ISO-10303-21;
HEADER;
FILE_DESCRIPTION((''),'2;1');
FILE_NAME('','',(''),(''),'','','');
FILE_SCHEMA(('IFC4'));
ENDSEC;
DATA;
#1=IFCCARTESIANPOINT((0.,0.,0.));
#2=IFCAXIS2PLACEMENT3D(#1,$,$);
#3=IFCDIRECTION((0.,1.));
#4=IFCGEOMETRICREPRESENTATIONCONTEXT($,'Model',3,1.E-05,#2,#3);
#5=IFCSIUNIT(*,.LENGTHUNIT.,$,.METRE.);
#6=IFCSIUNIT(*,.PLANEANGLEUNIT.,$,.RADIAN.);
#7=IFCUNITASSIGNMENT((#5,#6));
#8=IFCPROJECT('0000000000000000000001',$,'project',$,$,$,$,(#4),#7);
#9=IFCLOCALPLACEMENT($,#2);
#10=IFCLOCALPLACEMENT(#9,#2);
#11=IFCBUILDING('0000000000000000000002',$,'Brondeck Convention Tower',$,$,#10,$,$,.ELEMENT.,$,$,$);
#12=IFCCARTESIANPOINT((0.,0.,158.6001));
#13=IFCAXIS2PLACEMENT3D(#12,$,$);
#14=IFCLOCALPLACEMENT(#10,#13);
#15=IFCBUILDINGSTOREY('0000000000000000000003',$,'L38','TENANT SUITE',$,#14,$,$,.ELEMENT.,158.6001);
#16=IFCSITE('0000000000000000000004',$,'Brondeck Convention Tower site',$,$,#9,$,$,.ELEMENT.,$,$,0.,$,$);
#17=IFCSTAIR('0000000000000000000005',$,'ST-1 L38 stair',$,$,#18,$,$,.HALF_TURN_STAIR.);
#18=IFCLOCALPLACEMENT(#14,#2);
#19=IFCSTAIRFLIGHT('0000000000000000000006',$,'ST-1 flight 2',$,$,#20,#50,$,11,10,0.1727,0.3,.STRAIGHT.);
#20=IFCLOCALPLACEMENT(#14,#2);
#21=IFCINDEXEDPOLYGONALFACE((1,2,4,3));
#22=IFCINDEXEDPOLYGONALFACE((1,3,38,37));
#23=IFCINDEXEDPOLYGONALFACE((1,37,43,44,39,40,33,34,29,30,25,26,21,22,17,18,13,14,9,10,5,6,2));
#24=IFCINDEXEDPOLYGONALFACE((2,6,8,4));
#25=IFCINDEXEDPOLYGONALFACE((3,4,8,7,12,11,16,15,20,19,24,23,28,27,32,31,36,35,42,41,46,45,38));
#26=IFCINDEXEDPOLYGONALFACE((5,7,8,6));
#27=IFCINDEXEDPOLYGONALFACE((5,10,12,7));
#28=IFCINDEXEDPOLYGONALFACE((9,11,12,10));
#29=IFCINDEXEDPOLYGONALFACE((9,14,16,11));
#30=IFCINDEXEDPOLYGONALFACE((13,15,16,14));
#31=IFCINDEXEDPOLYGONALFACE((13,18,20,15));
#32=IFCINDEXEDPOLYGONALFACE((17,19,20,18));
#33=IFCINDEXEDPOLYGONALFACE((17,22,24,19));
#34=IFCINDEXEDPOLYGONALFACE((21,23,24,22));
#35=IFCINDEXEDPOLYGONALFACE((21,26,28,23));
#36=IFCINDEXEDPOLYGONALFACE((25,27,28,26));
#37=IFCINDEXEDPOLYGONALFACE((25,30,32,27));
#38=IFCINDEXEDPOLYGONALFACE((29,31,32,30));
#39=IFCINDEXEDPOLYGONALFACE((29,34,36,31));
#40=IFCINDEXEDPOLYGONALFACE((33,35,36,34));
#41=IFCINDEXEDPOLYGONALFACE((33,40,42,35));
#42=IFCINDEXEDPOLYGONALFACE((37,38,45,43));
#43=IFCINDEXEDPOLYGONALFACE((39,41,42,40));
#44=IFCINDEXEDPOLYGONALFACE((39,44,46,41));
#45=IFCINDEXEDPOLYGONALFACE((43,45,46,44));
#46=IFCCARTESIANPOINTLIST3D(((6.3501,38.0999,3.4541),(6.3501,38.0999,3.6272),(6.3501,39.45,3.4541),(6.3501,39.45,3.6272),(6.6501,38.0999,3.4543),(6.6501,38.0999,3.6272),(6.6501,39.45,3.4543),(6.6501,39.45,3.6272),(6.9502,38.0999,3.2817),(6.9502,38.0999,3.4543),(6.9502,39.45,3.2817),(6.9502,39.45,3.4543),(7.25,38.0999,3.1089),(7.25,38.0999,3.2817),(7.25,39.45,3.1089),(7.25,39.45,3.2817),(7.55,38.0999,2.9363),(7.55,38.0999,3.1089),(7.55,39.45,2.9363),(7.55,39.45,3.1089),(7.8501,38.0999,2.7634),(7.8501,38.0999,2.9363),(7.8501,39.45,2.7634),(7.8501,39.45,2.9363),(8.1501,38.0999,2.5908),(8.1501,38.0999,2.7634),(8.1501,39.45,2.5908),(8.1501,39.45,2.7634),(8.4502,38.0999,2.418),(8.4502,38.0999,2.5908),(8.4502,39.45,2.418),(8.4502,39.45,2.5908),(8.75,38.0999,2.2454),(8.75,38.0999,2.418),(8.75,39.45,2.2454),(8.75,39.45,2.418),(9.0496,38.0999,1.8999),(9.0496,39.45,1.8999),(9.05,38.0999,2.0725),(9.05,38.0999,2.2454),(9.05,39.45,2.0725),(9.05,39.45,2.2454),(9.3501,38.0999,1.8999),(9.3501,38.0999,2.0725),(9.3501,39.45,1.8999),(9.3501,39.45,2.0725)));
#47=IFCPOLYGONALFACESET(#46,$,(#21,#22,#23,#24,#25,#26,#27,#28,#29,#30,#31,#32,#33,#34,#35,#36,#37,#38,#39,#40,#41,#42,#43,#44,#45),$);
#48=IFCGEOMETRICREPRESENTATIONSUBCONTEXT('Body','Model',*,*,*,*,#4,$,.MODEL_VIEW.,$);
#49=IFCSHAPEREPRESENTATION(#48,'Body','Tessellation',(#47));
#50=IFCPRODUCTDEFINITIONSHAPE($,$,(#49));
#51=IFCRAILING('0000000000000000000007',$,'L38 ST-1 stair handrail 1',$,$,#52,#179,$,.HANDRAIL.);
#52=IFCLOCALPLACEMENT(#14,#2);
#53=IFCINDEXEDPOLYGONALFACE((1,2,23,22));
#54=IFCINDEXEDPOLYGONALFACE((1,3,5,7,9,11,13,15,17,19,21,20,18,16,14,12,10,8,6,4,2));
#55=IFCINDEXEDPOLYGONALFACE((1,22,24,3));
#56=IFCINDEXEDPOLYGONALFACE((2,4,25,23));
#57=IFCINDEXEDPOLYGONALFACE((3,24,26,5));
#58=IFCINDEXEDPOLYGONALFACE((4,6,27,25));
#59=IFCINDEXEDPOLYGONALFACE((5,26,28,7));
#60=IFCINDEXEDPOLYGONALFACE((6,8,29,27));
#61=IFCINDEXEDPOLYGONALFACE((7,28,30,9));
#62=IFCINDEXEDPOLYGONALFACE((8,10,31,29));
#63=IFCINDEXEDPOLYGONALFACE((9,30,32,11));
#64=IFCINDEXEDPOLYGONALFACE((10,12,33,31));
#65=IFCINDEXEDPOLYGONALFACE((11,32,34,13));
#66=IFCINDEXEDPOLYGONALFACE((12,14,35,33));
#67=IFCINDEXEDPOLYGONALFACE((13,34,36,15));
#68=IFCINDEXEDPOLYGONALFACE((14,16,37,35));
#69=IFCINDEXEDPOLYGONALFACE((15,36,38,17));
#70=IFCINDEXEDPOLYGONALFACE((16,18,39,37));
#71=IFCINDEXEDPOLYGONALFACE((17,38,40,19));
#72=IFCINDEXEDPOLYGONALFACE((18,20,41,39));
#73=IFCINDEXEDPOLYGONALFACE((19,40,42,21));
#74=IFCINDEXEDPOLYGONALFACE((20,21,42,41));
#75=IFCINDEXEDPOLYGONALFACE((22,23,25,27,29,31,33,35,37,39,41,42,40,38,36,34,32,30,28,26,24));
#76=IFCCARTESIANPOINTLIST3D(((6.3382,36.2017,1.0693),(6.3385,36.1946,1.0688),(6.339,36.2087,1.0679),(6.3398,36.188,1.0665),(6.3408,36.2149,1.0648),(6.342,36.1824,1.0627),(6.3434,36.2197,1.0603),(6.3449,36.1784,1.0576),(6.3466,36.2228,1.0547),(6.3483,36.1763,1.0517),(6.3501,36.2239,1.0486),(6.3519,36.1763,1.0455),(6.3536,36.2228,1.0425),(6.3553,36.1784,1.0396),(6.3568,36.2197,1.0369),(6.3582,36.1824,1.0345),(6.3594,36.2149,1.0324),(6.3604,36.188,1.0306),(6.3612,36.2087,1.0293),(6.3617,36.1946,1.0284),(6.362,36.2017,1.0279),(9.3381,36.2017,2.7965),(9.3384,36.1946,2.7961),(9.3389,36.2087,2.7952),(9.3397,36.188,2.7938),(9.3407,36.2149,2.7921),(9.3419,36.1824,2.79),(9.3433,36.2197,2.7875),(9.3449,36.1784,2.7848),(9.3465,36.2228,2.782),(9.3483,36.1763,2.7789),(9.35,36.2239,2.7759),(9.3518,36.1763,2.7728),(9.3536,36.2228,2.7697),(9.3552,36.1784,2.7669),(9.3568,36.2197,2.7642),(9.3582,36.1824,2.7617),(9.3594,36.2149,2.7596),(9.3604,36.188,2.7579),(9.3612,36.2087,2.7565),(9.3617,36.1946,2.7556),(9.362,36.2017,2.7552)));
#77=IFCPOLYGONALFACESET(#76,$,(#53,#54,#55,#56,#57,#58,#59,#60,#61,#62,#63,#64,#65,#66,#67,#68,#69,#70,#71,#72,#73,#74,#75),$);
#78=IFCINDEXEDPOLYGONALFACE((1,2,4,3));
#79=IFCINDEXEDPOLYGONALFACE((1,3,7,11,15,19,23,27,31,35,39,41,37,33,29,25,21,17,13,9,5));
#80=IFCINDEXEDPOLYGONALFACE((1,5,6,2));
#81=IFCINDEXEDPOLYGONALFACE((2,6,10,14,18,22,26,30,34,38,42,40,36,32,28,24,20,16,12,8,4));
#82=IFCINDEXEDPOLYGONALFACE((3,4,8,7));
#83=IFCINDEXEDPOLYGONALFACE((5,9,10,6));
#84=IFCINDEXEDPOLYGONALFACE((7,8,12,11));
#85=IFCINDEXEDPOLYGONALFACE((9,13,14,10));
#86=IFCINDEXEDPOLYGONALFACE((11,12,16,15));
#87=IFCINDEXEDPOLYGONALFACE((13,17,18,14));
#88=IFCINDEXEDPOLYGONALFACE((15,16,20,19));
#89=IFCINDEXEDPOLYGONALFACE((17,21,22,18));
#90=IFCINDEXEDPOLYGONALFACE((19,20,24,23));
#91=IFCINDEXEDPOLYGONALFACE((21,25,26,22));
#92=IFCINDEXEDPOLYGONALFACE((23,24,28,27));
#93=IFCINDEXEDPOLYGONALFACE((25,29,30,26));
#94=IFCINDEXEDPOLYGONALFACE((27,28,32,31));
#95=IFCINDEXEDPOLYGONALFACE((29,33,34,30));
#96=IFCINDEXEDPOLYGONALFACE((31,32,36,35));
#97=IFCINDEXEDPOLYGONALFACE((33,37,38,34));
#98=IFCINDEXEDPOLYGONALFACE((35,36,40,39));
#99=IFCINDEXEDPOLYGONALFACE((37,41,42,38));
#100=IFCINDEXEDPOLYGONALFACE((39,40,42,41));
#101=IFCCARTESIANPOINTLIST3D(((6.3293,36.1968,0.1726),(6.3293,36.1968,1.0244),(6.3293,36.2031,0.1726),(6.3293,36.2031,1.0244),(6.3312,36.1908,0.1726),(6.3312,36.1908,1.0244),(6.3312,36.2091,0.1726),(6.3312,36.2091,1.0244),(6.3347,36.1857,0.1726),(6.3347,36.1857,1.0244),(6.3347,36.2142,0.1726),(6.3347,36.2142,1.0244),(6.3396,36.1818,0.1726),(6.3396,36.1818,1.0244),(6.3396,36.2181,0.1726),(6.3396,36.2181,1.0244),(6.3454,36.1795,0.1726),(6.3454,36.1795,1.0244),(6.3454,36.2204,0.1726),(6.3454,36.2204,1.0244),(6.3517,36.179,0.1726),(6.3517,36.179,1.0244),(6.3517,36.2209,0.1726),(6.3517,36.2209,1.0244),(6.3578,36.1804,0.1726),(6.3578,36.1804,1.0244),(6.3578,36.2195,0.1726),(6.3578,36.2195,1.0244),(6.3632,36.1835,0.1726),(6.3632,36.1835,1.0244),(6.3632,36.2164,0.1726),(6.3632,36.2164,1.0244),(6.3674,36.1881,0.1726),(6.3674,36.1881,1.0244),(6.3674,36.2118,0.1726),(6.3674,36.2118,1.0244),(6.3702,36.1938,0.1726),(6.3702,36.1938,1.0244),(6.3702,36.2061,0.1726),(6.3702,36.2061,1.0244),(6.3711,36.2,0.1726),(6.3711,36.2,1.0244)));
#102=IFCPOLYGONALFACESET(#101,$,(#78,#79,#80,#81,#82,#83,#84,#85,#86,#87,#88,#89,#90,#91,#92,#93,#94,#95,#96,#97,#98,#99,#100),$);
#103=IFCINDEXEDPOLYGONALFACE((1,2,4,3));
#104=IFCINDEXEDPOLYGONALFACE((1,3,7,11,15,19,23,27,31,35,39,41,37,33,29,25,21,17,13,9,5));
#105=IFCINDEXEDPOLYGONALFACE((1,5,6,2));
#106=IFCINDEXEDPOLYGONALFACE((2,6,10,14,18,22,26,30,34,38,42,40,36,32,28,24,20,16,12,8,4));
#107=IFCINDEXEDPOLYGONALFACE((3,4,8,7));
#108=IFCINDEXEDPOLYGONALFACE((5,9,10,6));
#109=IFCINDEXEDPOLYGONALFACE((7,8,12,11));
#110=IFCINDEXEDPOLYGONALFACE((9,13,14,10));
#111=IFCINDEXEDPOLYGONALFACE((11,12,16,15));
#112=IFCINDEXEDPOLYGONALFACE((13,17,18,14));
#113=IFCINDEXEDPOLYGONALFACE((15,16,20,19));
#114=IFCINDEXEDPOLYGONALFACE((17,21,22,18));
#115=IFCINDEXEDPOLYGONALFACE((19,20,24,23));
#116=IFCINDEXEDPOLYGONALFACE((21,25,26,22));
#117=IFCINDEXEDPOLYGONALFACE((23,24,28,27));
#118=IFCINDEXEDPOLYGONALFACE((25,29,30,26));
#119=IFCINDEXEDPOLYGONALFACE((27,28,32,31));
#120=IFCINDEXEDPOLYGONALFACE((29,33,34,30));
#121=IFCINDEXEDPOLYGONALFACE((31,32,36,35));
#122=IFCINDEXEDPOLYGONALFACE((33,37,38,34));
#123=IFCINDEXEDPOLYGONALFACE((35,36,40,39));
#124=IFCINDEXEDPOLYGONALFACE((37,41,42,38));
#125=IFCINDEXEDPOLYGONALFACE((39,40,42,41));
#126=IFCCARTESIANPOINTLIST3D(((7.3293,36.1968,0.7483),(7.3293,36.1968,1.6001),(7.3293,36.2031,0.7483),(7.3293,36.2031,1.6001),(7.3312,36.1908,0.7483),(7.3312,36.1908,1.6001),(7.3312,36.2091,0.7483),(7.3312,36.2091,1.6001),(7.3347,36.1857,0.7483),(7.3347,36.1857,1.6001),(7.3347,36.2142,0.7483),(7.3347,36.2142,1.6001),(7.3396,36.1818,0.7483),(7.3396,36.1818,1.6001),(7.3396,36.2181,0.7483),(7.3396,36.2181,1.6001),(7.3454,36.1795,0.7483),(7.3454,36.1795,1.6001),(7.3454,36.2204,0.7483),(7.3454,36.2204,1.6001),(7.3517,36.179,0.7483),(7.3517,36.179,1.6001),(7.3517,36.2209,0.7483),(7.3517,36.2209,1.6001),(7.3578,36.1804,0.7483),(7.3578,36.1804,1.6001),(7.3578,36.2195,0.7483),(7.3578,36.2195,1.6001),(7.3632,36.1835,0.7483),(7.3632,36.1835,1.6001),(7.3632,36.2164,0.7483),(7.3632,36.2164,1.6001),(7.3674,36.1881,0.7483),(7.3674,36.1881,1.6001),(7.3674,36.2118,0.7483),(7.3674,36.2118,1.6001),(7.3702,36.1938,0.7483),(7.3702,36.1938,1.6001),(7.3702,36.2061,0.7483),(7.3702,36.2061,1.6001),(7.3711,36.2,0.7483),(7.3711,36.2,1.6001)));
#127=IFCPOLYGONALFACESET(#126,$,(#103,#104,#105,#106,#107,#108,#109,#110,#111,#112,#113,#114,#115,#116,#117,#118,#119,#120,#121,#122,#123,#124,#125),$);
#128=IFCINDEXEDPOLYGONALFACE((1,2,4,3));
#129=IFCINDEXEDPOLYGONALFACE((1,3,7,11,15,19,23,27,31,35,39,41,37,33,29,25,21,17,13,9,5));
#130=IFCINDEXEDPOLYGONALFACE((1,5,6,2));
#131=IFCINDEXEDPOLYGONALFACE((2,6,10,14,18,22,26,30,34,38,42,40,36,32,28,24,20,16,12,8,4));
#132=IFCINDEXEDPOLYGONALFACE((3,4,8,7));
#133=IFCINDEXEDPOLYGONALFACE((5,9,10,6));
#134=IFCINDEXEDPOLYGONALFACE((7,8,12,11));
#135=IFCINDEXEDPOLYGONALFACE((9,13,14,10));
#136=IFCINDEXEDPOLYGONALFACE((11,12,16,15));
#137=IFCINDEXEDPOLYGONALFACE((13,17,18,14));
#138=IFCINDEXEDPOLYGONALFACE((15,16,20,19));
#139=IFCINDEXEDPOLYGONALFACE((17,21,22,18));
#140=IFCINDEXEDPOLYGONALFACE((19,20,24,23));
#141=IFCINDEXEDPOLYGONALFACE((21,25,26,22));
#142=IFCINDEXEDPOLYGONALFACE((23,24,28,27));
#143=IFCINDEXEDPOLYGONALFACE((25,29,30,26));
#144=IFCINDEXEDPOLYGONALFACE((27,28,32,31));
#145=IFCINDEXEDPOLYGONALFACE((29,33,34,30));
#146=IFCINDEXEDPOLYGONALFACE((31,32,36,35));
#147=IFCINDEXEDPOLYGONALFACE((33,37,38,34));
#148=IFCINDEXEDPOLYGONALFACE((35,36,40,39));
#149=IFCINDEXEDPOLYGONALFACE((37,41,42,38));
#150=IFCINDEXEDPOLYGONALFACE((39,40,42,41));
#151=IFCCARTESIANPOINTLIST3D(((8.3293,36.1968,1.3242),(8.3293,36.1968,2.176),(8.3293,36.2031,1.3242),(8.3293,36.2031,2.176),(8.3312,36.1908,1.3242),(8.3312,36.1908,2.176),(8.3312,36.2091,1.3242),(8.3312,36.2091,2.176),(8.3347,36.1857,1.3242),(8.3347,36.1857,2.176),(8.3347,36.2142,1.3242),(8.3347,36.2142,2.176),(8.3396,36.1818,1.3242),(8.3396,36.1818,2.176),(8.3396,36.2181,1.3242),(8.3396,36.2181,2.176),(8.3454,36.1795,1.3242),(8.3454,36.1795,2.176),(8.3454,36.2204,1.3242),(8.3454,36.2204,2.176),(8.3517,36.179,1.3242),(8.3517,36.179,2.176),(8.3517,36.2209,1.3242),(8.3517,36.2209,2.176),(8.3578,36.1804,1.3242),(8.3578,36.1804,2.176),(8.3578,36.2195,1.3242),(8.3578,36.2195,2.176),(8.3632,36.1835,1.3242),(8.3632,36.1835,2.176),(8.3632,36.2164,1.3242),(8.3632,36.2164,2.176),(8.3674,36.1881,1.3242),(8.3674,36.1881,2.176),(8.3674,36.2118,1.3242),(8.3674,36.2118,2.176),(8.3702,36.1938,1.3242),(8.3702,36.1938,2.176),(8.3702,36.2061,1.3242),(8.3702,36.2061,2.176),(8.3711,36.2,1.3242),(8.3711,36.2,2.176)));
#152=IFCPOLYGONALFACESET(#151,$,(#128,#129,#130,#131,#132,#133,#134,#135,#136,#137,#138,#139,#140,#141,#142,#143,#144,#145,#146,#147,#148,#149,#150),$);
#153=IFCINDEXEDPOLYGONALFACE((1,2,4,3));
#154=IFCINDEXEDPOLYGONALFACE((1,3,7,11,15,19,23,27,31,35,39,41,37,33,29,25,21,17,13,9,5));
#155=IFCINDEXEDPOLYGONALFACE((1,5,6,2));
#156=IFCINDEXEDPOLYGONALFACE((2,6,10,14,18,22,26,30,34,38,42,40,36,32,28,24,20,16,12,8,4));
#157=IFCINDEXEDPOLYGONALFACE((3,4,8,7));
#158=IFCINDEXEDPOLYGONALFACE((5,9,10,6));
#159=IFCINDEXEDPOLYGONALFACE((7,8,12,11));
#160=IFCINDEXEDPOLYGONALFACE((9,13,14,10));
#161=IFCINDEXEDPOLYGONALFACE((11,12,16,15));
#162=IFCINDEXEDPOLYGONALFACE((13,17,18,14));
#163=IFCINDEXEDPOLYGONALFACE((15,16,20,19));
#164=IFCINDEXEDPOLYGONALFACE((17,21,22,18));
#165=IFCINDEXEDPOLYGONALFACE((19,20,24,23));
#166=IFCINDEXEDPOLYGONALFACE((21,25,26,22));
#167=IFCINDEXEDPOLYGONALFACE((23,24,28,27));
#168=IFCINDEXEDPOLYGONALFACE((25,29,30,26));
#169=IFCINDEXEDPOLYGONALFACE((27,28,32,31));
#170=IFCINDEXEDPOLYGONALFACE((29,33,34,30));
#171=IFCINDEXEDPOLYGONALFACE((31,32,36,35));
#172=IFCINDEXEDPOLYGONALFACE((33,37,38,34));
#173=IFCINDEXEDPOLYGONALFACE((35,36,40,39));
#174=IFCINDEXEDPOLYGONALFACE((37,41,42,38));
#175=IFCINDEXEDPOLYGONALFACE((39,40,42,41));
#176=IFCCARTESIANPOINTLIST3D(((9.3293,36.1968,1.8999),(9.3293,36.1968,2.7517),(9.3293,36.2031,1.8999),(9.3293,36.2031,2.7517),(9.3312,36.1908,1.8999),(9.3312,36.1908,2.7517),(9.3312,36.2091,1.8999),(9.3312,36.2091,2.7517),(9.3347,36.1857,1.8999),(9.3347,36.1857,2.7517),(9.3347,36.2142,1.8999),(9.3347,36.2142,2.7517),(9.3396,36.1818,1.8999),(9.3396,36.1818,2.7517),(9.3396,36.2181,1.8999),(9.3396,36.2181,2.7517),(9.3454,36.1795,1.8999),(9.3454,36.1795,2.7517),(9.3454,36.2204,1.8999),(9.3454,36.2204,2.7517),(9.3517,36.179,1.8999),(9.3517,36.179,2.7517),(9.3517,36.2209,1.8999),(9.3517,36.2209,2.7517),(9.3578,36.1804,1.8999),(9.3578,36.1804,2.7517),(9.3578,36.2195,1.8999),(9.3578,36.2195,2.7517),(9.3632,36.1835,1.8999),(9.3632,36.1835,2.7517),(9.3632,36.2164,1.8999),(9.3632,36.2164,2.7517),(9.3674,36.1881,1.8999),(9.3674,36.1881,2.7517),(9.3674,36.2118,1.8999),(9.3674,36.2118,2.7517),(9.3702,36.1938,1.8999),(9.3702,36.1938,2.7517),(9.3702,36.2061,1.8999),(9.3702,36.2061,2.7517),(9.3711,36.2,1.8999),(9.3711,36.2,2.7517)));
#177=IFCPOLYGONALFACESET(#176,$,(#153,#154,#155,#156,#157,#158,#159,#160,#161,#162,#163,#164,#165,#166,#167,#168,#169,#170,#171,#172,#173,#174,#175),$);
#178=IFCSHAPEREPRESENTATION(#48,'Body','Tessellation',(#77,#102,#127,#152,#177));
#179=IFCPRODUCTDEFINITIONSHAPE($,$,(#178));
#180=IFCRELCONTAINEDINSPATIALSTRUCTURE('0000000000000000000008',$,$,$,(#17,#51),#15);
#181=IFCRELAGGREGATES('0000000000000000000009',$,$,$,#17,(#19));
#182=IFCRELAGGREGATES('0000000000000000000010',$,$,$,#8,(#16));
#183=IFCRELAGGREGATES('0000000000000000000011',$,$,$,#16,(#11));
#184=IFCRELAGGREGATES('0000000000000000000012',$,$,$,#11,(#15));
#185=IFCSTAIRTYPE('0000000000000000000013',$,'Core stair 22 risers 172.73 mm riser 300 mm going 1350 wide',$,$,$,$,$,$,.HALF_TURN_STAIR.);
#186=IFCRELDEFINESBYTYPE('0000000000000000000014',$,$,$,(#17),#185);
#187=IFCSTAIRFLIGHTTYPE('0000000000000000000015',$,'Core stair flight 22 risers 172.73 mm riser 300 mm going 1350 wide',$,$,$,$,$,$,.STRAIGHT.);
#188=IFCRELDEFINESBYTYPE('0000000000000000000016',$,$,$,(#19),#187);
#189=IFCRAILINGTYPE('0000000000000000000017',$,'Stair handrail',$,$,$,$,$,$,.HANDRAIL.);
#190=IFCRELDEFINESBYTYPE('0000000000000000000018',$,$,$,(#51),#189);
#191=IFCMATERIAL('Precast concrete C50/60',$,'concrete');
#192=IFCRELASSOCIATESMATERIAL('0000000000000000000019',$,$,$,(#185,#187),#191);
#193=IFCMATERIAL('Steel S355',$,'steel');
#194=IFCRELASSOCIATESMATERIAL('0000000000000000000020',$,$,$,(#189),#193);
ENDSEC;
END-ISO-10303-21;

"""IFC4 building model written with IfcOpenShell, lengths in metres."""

from ifc_helpers import new_model, si_unit, direction, frame, origin, origin_2d, place, context, subcontext, project, spatial, polyline, circle, outline, extrude, material, type_object, element, aggregate, save


model = new_model("IFC4")

# Units and contexts
model_context = context("Model", 3, precision=1e-05, world=origin(), true_north=direction((0.0, 1.0)))
body_context = subcontext(model_context, "Body", "Model", "MODEL_VIEW")
ifc_project = project(units=[si_unit("LENGTHUNIT", "METRE"), si_unit("PLANEANGLEUNIT", "RADIAN")], contexts=[model_context])

# Site, building, storey
site_placement = place(None, origin())
site = spatial("IfcSite", under=ifc_project, at=site_placement, Name="Brondeck Convention Tower site", CompositionType="ELEMENT", RefElevation=0.0)
building_placement = place(site_placement, origin())
building = spatial("IfcBuilding", under=site, at=building_placement, Name="Brondeck Convention Tower", CompositionType="ELEMENT")
storey_placement = place(building_placement, frame((0.0, 0.0, 158.6001)))
storey = spatial("IfcBuildingStorey", under=building, at=storey_placement, Name="L38", Description="TENANT SUITE", CompositionType="ELEMENT", Elevation=158.6001)

# Shared definitions
ifc_material_1 = material(Name="Steel S355", Category="steel")

# Stair, stair flight
ifc_material_2 = material(Name="Precast concrete C50/60", Category="concrete")
stair_type = type_object("IfcStairType", Name="Core stair 22 risers 172.73 mm riser 300 mm going 1350 wide", PredefinedType="HALF_TURN_STAIR", material=ifc_material_2)
stair_placement = place(storey_placement, origin())
stair = element("IfcStair", 1, at=stair_placement, inside=storey, type_object=stair_type, Name="ST-1 L38 stair", PredefinedType="HALF_TURN_STAIR")
stair_flight_type = type_object("IfcStairFlightType", Name="Core stair flight 22 risers 172.73 mm riser 300 mm going 1350 wide", PredefinedType="STRAIGHT", material=ifc_material_2)
stair_flight_1_placement = place(storey_placement, frame((9.3501, 38.7749, 1.8999), z_axis=(0.0, 0.0, 1.0), x_axis=(-1.0, 0.0, 0.0)))
stair_flight_1 = element("IfcStairFlight", 2, at=stair_flight_1_placement, type_object=stair_flight_type, Name="ST-1 flight 2", NumberOfRisers=11, NumberOfTreads=10, PredefinedType="STRAIGHT", RiserHeight=0.1727, TreadLength=0.3, context=body_context, shape_type="SweptSolid", body=[
    extrude(outline(polyline([(0.0, 0.0), (0.0, 0.1726), (0.3, 0.1726), (0.3, 0.3455), (0.6001, 0.3455), (0.6001, 0.5181), (0.8999, 0.5181), (0.8999, 0.6909), (1.2, 0.6909), (1.2, 0.8635), (1.5, 0.8635), (1.5, 1.0364), (1.8, 1.0364), (1.8, 1.209), (2.1001, 1.209), (2.1001, 1.3818), (2.3999, 1.3818), (2.3999, 1.5544), (2.7, 1.5544), (2.7, 1.7273), (3.0, 1.7273), (3.0, 1.8999), (3.0, 1.5542), (0.3005, 0.0), (0.0, 0.0)])), frame((0.0, 0.675, 0.0), z_axis=(0.0, -1.0, 0.0), x_axis=(1.0, 0.0, 0.0)), (0.0, 0.0, 1.0), 1.3501),
])
aggregate(stair, [stair_flight_1])

# Railing
railing_type_1 = type_object("IfcRailingType", Name="Stair handrail", PredefinedType="HANDRAIL", material=ifc_material_1)
railing_1_placement = place(storey_placement, frame((6.3501, 36.2, 0.1726)))
element("IfcRailing", 3, at=railing_1_placement, inside=storey, type_object=railing_type_1, Name="L38 ST-1 stair handrail 1", PredefinedType="HANDRAIL", context=body_context, shape_type="SweptSolid", body=[
    extrude(circle(Radius=0.0239, at=origin_2d()), frame((0.0, 0.0, 0.876), z_axis=(0.86662, 0.0, 0.498969), x_axis=(0.0, 1.0, 0.0)), (0.0, 0.0, 1.0), 3.4617),
    extrude(circle(Radius=0.021, at=origin_2d()), origin(), (0.0, 0.0, 1.0), 0.8518),
    extrude(circle(Radius=0.021, at=origin_2d()), frame((1.0, 0.0, 0.5757)), (0.0, 0.0, 1.0), 0.8518),
    extrude(circle(Radius=0.021, at=origin_2d()), frame((2.0, 0.0, 1.1516)), (0.0, 0.0, 1.0), 0.8518),
    extrude(circle(Radius=0.021, at=origin_2d()), frame((3.0, 0.0, 1.7273)), (0.0, 0.0, 1.0), 0.8518),
])

save(model, "model.ifc")
